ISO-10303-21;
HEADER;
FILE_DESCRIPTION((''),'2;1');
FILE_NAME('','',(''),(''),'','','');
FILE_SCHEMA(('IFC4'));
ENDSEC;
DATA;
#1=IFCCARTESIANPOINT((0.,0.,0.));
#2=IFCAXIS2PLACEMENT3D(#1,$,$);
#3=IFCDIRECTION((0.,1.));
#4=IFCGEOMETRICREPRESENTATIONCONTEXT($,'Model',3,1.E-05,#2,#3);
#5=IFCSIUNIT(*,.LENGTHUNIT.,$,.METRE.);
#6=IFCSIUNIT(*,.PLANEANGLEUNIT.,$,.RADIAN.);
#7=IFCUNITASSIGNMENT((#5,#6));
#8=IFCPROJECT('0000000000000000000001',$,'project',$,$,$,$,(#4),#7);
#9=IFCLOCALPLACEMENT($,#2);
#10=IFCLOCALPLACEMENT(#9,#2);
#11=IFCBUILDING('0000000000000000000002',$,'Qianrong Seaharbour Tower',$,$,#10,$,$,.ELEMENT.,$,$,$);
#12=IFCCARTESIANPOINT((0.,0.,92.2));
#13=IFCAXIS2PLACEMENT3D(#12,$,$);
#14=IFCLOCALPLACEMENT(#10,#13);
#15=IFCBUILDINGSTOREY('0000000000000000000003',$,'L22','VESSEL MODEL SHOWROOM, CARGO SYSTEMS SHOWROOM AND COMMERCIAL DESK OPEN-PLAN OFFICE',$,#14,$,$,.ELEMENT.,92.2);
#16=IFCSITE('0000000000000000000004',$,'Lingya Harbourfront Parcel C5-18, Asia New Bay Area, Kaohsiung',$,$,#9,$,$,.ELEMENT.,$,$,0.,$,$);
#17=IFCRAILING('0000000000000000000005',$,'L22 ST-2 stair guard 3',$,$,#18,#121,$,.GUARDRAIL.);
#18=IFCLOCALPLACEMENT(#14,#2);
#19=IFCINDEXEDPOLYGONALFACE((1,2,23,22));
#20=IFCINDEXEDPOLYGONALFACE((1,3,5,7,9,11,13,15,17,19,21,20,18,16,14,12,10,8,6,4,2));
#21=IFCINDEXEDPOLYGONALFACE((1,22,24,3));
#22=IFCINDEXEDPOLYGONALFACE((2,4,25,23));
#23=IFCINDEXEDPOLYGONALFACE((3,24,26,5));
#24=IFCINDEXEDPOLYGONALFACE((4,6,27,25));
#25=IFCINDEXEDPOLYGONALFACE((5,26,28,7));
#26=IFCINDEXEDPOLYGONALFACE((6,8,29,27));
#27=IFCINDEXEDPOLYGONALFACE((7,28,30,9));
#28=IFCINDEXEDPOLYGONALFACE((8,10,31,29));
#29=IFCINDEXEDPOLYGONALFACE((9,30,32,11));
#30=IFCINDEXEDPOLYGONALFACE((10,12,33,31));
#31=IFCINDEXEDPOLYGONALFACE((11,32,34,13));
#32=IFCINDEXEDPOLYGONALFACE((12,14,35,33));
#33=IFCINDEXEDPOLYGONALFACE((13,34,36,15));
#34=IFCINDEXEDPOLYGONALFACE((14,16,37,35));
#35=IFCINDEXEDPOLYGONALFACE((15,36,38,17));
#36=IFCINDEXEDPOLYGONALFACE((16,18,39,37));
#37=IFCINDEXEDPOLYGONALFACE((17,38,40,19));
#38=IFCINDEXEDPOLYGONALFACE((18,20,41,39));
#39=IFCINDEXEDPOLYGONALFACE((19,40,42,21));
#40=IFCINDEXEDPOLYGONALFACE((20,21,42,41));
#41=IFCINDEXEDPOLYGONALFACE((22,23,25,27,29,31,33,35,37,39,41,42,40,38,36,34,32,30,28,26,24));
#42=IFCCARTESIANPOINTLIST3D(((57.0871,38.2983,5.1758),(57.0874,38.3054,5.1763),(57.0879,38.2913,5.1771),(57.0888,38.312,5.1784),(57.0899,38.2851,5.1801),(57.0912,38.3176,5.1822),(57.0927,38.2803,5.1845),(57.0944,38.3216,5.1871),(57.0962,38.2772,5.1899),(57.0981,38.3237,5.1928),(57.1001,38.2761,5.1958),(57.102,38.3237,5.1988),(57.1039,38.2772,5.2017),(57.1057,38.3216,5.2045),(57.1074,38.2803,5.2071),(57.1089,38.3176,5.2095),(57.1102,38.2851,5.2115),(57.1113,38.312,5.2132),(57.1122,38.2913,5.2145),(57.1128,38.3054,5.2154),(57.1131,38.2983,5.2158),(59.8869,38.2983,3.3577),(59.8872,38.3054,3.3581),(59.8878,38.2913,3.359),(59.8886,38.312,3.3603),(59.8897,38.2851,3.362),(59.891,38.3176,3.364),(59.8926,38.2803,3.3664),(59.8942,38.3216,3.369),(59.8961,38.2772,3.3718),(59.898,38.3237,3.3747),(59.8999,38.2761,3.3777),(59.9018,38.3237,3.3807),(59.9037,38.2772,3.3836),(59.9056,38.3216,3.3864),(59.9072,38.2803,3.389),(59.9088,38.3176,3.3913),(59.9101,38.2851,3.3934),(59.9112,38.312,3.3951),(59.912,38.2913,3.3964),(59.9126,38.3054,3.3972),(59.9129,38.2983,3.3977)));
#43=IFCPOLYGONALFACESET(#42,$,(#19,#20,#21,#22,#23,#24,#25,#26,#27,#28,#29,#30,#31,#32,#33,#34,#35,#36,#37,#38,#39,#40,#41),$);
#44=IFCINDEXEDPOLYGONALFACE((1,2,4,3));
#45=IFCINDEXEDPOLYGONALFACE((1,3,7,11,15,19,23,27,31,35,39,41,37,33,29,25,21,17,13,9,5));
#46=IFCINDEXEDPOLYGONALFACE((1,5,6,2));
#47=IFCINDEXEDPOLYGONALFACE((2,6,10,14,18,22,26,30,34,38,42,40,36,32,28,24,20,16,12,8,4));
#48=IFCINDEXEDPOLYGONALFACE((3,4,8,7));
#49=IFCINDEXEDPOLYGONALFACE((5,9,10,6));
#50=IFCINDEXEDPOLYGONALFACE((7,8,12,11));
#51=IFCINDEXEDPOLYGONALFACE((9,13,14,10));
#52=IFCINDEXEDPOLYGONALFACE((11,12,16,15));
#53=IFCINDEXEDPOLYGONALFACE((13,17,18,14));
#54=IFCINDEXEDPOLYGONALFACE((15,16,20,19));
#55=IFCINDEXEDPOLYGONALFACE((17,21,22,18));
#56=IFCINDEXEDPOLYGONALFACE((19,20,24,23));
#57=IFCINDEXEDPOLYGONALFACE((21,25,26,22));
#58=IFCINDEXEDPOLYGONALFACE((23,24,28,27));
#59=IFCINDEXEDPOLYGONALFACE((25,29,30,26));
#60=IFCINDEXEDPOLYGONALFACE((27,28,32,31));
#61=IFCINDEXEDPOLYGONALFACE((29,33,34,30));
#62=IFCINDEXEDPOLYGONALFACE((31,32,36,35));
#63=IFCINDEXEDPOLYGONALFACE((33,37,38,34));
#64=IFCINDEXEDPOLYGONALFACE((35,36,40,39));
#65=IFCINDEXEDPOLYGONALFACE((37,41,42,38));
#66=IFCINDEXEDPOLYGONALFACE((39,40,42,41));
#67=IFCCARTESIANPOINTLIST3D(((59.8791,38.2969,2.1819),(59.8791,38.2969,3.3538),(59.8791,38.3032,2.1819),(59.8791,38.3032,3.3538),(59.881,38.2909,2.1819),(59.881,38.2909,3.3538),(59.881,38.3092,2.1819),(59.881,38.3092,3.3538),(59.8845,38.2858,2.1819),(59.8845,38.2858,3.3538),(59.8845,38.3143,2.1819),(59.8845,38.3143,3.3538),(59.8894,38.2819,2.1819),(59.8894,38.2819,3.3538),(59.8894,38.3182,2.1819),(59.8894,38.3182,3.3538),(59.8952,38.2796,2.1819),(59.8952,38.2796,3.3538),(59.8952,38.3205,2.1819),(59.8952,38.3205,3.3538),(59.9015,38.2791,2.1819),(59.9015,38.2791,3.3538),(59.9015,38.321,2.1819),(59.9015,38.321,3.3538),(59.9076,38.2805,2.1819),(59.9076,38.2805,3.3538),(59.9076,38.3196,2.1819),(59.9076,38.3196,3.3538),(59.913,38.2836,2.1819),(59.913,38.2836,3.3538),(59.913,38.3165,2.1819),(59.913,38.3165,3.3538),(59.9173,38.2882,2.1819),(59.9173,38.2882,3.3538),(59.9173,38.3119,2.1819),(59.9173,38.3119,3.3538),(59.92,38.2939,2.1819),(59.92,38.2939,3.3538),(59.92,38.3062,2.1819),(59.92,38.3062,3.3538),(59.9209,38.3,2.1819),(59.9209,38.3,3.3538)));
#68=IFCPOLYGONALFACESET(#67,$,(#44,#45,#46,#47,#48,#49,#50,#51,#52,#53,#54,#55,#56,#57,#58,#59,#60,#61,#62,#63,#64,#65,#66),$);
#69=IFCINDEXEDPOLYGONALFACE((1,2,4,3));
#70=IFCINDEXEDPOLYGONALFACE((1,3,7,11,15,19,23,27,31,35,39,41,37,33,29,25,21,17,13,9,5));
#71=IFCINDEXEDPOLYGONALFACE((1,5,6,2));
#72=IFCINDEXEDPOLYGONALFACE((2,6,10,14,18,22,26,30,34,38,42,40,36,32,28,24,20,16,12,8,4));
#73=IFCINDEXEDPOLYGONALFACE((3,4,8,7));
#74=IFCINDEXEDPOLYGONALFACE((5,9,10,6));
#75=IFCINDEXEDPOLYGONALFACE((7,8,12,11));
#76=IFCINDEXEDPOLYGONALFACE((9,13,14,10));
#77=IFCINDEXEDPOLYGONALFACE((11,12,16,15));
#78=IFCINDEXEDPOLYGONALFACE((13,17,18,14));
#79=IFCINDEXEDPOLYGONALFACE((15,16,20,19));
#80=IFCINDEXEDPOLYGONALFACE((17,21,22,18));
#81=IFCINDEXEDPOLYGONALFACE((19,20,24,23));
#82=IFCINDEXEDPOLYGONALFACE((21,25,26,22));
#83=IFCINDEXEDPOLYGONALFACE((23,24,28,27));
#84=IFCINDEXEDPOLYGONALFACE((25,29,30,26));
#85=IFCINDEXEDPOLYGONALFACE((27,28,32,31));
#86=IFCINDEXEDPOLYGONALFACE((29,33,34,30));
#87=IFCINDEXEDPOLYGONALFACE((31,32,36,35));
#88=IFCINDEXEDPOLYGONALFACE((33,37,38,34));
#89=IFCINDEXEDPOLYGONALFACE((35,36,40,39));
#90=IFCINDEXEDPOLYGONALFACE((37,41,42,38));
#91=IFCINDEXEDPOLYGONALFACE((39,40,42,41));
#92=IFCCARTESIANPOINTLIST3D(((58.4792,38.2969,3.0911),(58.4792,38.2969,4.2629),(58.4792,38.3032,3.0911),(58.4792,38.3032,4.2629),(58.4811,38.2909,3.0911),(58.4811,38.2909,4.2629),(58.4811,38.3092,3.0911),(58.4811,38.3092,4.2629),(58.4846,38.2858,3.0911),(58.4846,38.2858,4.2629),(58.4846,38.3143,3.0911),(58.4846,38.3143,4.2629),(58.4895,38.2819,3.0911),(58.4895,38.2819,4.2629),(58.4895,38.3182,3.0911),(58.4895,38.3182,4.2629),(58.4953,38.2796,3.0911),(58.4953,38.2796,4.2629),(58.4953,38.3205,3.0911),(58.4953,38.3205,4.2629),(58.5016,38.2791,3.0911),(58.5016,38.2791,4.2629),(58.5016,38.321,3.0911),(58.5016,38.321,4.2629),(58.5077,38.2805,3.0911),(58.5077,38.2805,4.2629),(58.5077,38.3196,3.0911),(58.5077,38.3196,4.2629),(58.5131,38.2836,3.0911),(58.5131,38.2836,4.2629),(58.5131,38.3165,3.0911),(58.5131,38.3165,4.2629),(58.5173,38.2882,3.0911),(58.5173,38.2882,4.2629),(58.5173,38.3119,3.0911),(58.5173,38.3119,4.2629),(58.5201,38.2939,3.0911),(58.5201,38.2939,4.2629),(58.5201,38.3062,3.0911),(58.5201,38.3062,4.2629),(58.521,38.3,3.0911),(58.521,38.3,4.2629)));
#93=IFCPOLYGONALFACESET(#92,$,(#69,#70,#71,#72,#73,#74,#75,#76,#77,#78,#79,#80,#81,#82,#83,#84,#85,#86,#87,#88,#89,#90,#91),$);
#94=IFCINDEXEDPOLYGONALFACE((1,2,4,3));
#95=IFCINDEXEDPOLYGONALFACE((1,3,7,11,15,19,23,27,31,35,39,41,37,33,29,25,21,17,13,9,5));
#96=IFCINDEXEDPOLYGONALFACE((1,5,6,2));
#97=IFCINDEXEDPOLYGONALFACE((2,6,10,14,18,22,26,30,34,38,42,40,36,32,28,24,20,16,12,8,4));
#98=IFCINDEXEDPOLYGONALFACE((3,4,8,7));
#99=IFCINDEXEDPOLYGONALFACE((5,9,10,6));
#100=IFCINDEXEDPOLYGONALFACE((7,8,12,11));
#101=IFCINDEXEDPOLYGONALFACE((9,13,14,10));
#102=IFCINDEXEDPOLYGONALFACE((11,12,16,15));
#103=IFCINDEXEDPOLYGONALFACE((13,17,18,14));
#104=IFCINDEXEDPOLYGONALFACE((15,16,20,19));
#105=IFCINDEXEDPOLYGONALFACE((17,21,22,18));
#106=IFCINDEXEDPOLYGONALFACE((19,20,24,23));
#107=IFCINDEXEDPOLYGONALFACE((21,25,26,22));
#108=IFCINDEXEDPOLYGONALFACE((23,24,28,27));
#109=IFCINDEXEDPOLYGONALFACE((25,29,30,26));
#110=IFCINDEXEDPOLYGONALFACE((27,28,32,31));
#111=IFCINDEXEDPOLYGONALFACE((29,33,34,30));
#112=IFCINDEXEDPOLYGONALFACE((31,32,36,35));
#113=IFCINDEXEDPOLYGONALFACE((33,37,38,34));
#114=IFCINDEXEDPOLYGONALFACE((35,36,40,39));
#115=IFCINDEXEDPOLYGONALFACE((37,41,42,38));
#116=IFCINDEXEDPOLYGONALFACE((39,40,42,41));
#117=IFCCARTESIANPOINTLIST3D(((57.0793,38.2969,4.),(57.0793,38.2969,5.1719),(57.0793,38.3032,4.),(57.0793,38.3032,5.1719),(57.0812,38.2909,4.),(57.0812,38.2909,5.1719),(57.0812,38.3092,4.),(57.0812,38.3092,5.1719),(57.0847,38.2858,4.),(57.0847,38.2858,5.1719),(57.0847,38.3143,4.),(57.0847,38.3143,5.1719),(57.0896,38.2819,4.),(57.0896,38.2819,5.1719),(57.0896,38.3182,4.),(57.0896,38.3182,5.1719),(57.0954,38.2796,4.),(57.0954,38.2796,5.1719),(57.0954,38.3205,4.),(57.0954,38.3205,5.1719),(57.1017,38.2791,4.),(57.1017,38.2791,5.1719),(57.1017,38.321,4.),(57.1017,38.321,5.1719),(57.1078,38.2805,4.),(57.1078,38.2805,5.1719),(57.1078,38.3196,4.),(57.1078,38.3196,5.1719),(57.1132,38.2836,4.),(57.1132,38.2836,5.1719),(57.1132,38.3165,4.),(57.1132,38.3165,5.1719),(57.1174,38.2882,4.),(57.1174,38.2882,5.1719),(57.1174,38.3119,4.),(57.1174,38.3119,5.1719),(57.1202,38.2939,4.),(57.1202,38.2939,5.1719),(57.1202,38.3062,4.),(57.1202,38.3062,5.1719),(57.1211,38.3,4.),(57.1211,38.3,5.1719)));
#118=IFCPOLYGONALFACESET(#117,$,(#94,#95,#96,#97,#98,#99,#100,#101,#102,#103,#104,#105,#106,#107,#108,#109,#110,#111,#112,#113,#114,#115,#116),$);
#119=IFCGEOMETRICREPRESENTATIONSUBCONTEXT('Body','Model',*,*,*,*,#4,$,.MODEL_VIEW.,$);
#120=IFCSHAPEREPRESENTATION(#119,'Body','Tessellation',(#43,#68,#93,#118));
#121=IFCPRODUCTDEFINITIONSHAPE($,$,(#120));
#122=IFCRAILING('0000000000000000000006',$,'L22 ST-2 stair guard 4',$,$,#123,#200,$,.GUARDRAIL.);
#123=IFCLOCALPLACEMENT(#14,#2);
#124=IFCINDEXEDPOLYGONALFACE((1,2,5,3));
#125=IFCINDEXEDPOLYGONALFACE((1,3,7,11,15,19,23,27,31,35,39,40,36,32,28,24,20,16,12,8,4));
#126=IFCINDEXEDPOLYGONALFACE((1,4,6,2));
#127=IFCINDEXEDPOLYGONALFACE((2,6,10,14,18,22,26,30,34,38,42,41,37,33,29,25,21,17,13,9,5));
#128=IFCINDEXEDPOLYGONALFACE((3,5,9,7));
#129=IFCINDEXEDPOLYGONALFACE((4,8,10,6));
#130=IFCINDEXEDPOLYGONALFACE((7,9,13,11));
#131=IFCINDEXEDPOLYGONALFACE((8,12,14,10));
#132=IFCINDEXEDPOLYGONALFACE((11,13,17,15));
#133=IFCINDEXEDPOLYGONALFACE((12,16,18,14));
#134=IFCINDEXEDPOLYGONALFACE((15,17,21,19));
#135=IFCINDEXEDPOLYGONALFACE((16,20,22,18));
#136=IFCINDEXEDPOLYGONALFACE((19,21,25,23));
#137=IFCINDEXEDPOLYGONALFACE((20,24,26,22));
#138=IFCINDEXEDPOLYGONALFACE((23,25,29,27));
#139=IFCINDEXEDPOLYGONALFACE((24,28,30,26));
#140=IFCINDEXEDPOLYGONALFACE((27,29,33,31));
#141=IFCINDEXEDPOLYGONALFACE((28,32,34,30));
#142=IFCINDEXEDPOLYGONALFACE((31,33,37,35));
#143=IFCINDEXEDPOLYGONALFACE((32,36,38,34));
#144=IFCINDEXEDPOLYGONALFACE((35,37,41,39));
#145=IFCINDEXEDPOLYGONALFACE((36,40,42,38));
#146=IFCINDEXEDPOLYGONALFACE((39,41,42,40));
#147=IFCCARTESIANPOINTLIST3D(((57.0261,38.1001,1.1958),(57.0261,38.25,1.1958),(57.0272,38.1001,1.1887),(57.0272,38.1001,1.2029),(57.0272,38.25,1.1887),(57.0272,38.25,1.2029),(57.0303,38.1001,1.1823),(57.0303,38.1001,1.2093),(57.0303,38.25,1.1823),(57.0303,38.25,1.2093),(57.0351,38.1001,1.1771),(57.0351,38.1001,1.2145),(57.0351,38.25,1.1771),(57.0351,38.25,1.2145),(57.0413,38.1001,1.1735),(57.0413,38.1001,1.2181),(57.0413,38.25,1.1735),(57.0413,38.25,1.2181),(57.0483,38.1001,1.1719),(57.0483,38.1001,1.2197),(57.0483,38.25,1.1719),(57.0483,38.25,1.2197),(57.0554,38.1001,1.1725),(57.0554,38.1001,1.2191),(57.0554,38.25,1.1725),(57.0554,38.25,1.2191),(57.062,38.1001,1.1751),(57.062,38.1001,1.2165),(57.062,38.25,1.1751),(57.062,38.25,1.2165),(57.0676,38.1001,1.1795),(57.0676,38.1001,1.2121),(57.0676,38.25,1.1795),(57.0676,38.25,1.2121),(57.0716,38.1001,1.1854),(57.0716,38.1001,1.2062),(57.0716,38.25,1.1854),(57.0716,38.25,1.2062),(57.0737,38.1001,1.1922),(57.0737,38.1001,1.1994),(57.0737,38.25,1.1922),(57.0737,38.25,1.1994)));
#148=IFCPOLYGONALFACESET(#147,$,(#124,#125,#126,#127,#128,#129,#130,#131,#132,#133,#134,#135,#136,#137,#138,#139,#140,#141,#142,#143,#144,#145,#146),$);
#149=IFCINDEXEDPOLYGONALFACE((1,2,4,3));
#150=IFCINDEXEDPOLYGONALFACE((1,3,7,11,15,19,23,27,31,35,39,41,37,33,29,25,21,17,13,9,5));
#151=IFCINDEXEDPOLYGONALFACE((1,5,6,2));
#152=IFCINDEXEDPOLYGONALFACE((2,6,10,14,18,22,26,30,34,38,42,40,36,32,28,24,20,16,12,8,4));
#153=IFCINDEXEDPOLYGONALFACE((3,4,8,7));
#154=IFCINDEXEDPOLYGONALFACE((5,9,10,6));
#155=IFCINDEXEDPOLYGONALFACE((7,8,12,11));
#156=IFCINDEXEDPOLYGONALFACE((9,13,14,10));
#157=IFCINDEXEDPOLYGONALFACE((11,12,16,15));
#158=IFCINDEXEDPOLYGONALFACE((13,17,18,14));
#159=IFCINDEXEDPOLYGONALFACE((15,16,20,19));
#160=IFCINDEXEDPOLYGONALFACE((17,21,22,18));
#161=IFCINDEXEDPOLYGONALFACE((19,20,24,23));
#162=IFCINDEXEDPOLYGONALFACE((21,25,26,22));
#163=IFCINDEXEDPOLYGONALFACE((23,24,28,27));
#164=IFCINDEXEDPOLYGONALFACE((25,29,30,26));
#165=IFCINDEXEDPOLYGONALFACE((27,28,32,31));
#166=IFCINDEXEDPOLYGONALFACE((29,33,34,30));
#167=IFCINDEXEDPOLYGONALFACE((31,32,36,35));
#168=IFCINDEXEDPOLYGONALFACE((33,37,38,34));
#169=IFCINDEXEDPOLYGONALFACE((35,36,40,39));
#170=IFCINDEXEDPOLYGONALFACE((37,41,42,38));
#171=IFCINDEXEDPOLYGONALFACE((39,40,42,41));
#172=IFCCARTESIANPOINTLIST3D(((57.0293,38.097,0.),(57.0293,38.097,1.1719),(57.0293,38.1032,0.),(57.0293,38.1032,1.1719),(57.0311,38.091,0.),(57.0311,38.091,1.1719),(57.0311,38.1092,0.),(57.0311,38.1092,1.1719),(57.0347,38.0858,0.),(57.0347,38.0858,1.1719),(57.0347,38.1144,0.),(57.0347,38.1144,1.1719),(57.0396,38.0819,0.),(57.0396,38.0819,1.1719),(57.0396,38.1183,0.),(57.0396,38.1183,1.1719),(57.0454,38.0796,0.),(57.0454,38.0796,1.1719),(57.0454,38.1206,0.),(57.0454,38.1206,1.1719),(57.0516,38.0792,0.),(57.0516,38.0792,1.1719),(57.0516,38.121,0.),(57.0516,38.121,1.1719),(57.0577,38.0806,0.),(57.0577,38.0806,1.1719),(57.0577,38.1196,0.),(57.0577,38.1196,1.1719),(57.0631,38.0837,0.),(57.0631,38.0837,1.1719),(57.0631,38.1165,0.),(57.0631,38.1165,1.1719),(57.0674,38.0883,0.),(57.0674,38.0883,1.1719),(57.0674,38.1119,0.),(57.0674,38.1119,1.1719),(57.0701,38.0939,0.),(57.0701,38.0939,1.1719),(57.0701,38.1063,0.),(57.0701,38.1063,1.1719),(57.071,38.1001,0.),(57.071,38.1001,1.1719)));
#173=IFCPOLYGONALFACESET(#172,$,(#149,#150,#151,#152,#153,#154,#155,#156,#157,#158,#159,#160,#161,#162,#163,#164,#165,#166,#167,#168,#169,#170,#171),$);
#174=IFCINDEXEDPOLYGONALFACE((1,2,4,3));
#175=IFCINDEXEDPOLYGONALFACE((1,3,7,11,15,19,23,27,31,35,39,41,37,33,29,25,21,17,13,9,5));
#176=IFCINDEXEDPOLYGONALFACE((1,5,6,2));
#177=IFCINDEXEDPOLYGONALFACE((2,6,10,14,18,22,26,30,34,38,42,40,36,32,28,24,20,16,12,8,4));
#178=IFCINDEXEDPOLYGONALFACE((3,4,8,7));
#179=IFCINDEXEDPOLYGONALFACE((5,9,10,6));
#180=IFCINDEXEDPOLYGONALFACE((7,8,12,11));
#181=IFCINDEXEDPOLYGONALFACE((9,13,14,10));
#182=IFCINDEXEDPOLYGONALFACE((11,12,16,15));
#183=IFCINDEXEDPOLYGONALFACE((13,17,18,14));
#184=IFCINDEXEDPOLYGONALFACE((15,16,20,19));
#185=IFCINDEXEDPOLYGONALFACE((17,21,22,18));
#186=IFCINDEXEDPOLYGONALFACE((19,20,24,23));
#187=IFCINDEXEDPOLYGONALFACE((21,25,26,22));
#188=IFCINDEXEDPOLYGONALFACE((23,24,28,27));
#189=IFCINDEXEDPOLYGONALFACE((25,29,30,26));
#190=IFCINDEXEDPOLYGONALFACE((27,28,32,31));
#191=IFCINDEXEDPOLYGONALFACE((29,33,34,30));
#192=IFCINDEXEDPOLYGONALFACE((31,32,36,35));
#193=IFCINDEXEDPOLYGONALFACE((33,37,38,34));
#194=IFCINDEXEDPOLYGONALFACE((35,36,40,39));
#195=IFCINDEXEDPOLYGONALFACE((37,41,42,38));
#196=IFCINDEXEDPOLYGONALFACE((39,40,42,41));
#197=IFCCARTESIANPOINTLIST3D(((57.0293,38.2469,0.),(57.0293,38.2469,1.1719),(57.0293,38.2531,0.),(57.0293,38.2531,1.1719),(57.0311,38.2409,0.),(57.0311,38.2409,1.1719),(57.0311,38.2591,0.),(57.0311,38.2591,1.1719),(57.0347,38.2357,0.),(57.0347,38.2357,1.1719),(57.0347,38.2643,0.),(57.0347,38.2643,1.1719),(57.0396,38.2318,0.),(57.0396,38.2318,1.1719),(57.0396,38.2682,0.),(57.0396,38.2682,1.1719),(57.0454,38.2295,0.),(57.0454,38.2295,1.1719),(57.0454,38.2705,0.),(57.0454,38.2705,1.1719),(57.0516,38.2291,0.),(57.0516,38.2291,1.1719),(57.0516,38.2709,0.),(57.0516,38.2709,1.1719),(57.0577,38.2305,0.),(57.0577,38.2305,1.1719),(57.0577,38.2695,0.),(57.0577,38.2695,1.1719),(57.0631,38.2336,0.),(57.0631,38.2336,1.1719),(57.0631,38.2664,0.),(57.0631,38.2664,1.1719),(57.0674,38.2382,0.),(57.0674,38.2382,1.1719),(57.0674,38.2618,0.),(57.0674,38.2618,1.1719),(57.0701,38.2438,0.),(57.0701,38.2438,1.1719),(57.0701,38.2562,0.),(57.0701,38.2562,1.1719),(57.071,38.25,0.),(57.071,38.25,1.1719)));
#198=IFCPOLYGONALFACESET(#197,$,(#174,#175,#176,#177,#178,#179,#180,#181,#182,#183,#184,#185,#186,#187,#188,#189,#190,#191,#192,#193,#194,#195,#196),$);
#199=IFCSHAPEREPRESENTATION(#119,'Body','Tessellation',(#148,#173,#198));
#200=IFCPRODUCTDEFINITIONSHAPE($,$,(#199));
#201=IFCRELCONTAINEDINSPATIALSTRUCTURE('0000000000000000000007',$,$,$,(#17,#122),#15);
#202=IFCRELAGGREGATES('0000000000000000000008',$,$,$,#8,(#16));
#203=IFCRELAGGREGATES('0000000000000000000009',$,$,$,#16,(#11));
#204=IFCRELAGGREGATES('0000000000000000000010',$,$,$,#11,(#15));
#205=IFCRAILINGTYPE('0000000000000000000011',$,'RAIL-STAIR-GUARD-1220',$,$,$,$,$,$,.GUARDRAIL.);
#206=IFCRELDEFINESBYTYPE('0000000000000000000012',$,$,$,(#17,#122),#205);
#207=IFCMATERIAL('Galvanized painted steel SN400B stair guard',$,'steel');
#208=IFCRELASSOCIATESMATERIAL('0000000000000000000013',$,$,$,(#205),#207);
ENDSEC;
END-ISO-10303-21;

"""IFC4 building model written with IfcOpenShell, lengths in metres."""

from ifc_helpers import new_model, si_unit, direction, frame, origin, origin_2d, place, context, subcontext, project, spatial, circle, extrude, material, type_object, element, save


model = new_model("IFC4")

# Units and contexts
model_context = context("Model", 3, precision=1e-05, world=origin(), true_north=direction((0.0, 1.0)))
body_context = subcontext(model_context, "Body", "Model", "MODEL_VIEW")
ifc_project = project(units=[si_unit("LENGTHUNIT", "METRE"), si_unit("PLANEANGLEUNIT", "RADIAN")], contexts=[model_context])

# Site, building, storey
site_placement = place(None, origin())
site = spatial("IfcSite", under=ifc_project, at=site_placement, Name="Lingya Harbourfront Parcel C5-18, Asia New Bay Area, Kaohsiung", CompositionType="ELEMENT", RefElevation=0.0)
building_placement = place(site_placement, origin())
building = spatial("IfcBuilding", under=site, at=building_placement, Name="Qianrong Seaharbour Tower", CompositionType="ELEMENT")
storey_placement = place(building_placement, frame((0.0, 0.0, 92.2)))
storey = spatial("IfcBuildingStorey", under=building, at=storey_placement, Name="L22", Description="VESSEL MODEL SHOWROOM, CARGO SYSTEMS SHOWROOM AND COMMERCIAL DESK OPEN-PLAN OFFICE", CompositionType="ELEMENT", Elevation=92.2)

# Railings
ifc_material_1 = material(Name="Galvanized painted steel SN400B stair guard", Category="steel")
railing_type_1 = type_object("IfcRailingType", Name="RAIL-STAIR-GUARD-1220", PredefinedType="GUARDRAIL", material=ifc_material_1)
railing_1_placement = place(storey_placement, frame((59.8999, 38.3, 2.1819)))
element("IfcRailing", 1, at=railing_1_placement, inside=storey, type_object=railing_type_1, Name="L22 ST-2 stair guard 3", PredefinedType="GUARDRAIL", context=body_context, shape_type="SweptSolid", body=[
    extrude(circle(Radius=0.0239, at=origin_2d()), frame((0.0, 0.0, 1.1958), z_axis=(-0.838684, 0.0, 0.544618), x_axis=(0.0, -1.0, 0.0)), (0.0, 0.0, 1.0), 3.3384),
    extrude(circle(Radius=0.021, at=origin_2d()), origin(), (0.0, 0.0, 1.0), 1.1719),
    extrude(circle(Radius=0.021, at=origin_2d()), frame((-1.3999, 0.0, 0.9092)), (0.0, 0.0, 1.0), 1.1719),
    extrude(circle(Radius=0.021, at=origin_2d()), frame((-2.7998, 0.0, 1.8181)), (0.0, 0.0, 1.0), 1.1719),
])
railing_2_placement = place(storey_placement, frame((57.05, 38.1001, 0.0)))
element("IfcRailing", 2, at=railing_2_placement, inside=storey, type_object=railing_type_1, Name="L22 ST-2 stair guard 4", PredefinedType="GUARDRAIL", context=body_context, shape_type="SweptSolid", body=[
    extrude(circle(Radius=0.0239, at=origin_2d()), frame((0.0, 0.0, 1.1958), z_axis=(0.0, 1.0, 0.0), x_axis=(-1.0, 0.0, 0.0)), (0.0, 0.0, 1.0), 0.1499),
    extrude(circle(Radius=0.021, at=origin_2d()), origin(), (0.0, 0.0, 1.0), 1.1719),
    extrude(circle(Radius=0.021, at=origin_2d()), frame((0.0, 0.1499, 0.0)), (0.0, 0.0, 1.0), 1.1719),
])

save(model, "model.ifc")
